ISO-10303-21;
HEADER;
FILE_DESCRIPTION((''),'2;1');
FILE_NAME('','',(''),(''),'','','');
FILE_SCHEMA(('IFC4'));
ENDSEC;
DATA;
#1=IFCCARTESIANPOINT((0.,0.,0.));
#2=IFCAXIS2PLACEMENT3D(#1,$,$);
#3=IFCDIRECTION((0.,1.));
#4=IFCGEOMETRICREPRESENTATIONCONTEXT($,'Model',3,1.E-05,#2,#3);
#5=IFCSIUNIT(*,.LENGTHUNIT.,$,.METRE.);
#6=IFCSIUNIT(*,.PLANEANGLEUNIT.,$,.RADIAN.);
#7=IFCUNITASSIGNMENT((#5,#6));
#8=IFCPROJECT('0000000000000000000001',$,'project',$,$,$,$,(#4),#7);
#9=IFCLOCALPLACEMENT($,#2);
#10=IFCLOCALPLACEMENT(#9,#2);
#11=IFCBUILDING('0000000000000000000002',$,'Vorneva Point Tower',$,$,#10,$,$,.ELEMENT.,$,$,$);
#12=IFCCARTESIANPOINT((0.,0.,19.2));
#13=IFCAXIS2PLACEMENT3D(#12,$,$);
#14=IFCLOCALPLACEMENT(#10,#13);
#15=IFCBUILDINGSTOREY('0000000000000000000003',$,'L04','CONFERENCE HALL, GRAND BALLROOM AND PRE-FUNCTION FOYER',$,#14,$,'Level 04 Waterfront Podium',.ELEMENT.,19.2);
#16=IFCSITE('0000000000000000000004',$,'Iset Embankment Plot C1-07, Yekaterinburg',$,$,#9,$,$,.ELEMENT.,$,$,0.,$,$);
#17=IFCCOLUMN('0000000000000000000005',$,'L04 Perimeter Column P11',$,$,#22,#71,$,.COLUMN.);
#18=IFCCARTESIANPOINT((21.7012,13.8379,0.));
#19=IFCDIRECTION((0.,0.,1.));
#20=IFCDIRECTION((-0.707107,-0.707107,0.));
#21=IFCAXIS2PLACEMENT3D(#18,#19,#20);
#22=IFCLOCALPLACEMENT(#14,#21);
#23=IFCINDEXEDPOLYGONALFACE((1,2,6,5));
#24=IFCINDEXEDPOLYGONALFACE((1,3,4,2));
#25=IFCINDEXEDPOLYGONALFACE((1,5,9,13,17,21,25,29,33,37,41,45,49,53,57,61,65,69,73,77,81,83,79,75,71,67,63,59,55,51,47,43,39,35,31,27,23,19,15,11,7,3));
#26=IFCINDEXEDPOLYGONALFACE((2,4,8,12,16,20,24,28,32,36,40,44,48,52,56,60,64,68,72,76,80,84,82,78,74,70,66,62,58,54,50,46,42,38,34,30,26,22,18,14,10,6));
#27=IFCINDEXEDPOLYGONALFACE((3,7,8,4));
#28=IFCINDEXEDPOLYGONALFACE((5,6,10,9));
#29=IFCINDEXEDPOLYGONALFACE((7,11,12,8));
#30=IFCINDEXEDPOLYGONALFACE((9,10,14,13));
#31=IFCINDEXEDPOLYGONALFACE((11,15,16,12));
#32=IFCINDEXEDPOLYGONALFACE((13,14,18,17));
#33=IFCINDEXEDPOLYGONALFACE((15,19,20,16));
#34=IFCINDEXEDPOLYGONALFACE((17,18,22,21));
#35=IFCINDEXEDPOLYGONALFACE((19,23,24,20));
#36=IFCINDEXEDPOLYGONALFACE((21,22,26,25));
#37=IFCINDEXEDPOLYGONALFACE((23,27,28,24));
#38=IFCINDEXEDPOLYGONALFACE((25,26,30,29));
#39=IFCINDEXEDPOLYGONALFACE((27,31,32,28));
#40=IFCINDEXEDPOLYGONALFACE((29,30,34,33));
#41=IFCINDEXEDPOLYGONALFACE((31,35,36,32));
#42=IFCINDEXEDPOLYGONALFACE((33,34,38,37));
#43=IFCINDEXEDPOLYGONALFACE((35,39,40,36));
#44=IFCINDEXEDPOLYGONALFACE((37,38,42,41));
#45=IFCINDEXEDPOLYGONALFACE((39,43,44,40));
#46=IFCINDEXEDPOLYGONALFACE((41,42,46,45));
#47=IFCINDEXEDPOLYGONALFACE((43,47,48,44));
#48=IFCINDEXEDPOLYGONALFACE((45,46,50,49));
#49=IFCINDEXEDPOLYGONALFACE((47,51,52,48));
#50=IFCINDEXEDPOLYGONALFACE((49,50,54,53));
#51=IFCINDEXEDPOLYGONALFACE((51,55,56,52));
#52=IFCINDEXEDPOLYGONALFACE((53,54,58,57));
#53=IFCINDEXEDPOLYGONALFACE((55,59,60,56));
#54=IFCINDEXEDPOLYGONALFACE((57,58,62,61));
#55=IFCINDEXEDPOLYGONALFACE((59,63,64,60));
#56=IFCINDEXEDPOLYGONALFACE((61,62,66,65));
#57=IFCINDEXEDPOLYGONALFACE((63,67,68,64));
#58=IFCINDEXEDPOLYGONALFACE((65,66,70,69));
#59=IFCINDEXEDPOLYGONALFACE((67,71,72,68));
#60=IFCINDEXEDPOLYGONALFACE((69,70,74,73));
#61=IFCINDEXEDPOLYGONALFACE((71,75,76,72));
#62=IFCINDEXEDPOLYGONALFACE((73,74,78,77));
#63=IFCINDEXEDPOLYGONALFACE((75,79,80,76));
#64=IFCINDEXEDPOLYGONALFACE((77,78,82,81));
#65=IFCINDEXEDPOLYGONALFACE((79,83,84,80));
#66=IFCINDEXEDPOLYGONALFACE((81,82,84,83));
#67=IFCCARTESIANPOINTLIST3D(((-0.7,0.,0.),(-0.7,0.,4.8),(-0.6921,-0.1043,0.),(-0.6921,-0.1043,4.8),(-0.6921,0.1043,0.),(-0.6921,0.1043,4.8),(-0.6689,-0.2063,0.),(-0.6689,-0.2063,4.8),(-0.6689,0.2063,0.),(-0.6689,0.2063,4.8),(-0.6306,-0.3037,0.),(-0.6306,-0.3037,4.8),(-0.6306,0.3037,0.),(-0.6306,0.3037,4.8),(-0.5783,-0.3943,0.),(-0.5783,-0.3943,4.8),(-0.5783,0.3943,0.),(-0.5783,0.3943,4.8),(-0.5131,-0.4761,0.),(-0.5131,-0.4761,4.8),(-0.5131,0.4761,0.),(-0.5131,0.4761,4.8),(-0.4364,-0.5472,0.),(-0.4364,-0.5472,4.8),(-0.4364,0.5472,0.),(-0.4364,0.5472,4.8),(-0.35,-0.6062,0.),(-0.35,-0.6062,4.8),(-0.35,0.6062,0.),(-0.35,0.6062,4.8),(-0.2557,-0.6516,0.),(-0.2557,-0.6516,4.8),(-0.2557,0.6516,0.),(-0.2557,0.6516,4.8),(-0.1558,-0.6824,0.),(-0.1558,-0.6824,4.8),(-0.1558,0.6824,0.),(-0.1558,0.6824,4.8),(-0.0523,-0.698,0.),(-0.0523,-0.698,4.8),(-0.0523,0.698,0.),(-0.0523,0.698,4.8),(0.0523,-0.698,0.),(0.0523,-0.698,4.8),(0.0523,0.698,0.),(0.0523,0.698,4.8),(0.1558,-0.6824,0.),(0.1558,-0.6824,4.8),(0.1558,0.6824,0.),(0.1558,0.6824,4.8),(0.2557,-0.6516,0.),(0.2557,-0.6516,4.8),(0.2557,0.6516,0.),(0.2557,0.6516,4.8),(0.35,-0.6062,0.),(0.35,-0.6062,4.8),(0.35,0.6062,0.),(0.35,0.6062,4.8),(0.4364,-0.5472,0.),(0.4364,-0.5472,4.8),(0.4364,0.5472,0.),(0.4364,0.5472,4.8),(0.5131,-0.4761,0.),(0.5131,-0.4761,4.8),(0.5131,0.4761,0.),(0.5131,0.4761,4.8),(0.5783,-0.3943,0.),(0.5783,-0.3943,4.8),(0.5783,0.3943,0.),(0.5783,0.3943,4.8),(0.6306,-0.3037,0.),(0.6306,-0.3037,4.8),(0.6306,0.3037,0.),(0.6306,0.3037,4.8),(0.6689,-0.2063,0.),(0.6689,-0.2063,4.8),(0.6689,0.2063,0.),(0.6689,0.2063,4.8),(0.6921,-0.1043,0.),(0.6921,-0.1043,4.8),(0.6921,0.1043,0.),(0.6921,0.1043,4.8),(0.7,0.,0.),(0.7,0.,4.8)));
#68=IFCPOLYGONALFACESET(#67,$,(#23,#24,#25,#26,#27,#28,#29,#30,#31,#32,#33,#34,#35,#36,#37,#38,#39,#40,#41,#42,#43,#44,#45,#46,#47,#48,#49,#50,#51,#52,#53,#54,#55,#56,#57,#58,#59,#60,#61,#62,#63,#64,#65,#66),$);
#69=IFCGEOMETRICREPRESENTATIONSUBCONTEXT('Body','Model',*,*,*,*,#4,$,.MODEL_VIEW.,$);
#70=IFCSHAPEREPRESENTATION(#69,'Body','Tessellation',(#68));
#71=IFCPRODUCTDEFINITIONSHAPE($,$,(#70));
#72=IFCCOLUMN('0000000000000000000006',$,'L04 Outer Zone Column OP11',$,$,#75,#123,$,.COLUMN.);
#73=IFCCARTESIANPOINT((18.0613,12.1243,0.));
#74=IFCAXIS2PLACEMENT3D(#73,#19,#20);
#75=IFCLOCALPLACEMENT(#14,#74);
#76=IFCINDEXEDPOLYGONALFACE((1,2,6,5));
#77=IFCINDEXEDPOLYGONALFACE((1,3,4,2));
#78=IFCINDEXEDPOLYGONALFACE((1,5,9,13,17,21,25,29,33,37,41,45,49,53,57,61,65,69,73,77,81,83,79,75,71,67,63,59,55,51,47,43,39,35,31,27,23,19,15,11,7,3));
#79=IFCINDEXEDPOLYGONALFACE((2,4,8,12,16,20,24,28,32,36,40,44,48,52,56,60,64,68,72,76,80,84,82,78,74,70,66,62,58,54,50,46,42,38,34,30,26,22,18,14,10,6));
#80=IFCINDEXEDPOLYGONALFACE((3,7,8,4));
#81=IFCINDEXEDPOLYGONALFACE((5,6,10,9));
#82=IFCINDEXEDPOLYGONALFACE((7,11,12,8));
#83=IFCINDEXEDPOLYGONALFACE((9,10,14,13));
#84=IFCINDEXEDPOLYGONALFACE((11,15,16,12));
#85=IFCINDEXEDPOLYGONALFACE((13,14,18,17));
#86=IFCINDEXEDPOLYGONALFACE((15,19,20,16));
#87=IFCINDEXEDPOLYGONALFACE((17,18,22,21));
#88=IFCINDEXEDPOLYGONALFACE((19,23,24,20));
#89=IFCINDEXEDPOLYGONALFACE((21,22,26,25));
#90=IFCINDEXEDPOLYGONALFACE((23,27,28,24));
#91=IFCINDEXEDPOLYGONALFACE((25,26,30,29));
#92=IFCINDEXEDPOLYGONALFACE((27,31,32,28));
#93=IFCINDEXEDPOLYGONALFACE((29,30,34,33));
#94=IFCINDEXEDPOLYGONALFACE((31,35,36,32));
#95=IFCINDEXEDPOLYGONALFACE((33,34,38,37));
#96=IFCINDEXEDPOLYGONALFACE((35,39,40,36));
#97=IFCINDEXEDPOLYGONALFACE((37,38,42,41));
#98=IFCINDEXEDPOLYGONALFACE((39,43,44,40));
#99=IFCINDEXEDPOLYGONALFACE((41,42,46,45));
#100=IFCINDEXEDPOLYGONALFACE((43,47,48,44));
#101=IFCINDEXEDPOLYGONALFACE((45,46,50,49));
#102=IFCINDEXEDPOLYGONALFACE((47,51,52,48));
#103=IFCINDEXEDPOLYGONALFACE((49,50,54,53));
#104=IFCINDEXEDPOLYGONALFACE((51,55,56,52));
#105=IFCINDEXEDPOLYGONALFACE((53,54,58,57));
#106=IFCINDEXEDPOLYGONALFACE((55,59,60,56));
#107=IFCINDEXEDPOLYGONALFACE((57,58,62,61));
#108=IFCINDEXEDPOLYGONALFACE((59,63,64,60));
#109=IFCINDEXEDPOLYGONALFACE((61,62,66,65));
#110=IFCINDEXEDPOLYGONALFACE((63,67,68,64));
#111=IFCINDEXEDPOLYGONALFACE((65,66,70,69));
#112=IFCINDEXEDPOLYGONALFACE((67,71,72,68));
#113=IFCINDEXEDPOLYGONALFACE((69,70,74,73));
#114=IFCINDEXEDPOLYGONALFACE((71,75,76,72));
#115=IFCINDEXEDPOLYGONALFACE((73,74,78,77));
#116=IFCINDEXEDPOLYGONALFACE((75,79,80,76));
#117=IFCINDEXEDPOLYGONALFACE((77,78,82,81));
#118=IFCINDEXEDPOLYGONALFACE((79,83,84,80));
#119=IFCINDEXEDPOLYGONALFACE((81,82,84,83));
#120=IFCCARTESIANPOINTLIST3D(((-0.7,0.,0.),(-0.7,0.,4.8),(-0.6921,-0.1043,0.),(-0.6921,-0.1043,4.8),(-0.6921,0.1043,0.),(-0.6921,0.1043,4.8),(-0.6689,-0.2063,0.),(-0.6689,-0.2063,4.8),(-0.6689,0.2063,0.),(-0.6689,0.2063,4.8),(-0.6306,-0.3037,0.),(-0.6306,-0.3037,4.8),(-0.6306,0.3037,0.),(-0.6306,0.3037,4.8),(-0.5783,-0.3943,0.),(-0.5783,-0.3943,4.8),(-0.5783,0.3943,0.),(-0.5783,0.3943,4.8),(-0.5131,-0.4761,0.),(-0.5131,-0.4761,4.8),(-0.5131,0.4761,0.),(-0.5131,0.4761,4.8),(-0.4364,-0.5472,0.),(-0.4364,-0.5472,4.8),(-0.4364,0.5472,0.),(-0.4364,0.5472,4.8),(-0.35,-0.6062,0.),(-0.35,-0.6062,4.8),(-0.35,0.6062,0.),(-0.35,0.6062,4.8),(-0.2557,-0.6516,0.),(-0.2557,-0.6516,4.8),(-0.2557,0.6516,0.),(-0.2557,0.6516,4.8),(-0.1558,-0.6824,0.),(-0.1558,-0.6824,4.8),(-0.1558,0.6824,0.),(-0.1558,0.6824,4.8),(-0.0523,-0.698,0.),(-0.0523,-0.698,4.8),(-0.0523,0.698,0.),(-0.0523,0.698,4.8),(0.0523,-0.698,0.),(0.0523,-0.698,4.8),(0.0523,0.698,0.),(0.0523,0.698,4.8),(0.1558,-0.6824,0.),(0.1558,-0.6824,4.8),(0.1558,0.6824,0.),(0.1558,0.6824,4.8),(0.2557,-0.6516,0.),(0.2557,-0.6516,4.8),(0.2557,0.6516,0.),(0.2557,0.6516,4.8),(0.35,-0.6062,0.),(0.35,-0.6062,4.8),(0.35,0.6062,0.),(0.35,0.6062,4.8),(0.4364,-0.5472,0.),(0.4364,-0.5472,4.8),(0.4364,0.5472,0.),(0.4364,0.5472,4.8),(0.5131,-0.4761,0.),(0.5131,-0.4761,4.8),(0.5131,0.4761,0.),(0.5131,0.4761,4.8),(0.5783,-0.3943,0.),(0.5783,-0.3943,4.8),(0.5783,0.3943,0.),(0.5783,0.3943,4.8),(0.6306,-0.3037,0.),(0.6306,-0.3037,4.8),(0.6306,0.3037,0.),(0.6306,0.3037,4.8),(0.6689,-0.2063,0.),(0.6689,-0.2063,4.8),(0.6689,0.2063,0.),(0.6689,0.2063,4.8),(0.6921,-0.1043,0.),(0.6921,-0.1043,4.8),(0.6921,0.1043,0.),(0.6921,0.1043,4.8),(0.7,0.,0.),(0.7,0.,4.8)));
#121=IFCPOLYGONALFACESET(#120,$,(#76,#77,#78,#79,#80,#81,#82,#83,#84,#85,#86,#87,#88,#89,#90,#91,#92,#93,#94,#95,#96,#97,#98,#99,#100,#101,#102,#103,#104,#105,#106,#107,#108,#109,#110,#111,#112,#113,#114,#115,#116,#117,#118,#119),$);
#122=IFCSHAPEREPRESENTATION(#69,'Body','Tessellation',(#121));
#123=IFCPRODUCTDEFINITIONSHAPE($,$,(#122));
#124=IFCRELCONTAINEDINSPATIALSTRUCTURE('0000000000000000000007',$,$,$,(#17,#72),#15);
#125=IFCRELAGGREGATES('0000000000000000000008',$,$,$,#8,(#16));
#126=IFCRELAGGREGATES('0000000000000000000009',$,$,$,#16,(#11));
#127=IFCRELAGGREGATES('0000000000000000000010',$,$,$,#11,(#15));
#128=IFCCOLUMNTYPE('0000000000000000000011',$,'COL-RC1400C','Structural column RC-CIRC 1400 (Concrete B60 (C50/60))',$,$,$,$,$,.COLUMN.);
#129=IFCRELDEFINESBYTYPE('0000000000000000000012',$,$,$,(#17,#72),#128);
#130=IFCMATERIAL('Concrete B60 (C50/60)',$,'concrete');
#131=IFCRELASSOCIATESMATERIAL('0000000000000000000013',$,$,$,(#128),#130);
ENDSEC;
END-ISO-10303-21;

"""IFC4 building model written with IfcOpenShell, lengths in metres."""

from ifc_helpers import new_model, si_unit, direction, frame, origin, origin_2d, place, context, subcontext, project, spatial, circle, extrude, material, material_profile, profile_set, type_object, element, save


model = new_model("IFC4")

# Units and contexts
model_context = context("Model", 3, precision=1e-05, world=origin(), true_north=direction((0.0, 1.0)))
body_context = subcontext(model_context, "Body", "Model", "MODEL_VIEW")
ifc_project = project(units=[si_unit("LENGTHUNIT", "METRE"), si_unit("PLANEANGLEUNIT", "RADIAN")], contexts=[model_context])

# Site, building, storey
site_placement = place(None, origin())
site = spatial("IfcSite", under=ifc_project, at=site_placement, Name="Iset Embankment Plot C1-07, Yekaterinburg", CompositionType="ELEMENT", RefElevation=0.0)
building_placement = place(site_placement, origin())
building = spatial("IfcBuilding", under=site, at=building_placement, Name="Vorneva Point Tower", CompositionType="ELEMENT")
storey_placement = place(building_placement, frame((0.0, 0.0, 19.2)))
storey = spatial("IfcBuildingStorey", under=building, at=storey_placement, Name="L04", Description="CONFERENCE HALL, GRAND BALLROOM AND PRE-FUNCTION FOYER", LongName="Level 04 Waterfront Podium", CompositionType="ELEMENT", Elevation=19.2)

# Columns
ifc_material_1 = material(Name="Concrete B60 (C50/60)", Category="concrete")
ifc_material_profile_1 = material_profile(ifc_material_1, circle(Radius=0.7, at=origin_2d()), Name="RC-CIRC 1400")
ifc_profile_set_1 = profile_set([ifc_material_profile_1], Name="Concrete B60 (C50/60)")
column_type_1 = type_object("IfcColumnType", Name="COL-RC1400C", Description="Structural column RC-CIRC 1400 (Concrete B60 (C50/60))", PredefinedType="COLUMN", material=ifc_profile_set_1)
for number, where, z_axis, x_axis, name in (
    (1, (21.7012, 13.8379, 0.0), (0.0, 0.0, 1.0), (-0.707107, -0.707107, 0.0), "L04 Perimeter Column P11"),
    (2, (18.0613, 12.1243, 0.0), (0.0, 0.0, 1.0), (-0.707107, -0.707107, 0.0), "L04 Outer Zone Column OP11"),
):
    element("IfcColumn", number, at=place(storey_placement, frame(where, z_axis=z_axis, x_axis=x_axis)), inside=storey, type_object=column_type_1, Name=name, PredefinedType="COLUMN", context=body_context, shape_type="SweptSolid", body=[
        extrude(circle(Radius=0.7, at=origin_2d()), origin(), (0.0, 0.0, 1.0), 4.8),
    ])

save(model, "model.ifc")
